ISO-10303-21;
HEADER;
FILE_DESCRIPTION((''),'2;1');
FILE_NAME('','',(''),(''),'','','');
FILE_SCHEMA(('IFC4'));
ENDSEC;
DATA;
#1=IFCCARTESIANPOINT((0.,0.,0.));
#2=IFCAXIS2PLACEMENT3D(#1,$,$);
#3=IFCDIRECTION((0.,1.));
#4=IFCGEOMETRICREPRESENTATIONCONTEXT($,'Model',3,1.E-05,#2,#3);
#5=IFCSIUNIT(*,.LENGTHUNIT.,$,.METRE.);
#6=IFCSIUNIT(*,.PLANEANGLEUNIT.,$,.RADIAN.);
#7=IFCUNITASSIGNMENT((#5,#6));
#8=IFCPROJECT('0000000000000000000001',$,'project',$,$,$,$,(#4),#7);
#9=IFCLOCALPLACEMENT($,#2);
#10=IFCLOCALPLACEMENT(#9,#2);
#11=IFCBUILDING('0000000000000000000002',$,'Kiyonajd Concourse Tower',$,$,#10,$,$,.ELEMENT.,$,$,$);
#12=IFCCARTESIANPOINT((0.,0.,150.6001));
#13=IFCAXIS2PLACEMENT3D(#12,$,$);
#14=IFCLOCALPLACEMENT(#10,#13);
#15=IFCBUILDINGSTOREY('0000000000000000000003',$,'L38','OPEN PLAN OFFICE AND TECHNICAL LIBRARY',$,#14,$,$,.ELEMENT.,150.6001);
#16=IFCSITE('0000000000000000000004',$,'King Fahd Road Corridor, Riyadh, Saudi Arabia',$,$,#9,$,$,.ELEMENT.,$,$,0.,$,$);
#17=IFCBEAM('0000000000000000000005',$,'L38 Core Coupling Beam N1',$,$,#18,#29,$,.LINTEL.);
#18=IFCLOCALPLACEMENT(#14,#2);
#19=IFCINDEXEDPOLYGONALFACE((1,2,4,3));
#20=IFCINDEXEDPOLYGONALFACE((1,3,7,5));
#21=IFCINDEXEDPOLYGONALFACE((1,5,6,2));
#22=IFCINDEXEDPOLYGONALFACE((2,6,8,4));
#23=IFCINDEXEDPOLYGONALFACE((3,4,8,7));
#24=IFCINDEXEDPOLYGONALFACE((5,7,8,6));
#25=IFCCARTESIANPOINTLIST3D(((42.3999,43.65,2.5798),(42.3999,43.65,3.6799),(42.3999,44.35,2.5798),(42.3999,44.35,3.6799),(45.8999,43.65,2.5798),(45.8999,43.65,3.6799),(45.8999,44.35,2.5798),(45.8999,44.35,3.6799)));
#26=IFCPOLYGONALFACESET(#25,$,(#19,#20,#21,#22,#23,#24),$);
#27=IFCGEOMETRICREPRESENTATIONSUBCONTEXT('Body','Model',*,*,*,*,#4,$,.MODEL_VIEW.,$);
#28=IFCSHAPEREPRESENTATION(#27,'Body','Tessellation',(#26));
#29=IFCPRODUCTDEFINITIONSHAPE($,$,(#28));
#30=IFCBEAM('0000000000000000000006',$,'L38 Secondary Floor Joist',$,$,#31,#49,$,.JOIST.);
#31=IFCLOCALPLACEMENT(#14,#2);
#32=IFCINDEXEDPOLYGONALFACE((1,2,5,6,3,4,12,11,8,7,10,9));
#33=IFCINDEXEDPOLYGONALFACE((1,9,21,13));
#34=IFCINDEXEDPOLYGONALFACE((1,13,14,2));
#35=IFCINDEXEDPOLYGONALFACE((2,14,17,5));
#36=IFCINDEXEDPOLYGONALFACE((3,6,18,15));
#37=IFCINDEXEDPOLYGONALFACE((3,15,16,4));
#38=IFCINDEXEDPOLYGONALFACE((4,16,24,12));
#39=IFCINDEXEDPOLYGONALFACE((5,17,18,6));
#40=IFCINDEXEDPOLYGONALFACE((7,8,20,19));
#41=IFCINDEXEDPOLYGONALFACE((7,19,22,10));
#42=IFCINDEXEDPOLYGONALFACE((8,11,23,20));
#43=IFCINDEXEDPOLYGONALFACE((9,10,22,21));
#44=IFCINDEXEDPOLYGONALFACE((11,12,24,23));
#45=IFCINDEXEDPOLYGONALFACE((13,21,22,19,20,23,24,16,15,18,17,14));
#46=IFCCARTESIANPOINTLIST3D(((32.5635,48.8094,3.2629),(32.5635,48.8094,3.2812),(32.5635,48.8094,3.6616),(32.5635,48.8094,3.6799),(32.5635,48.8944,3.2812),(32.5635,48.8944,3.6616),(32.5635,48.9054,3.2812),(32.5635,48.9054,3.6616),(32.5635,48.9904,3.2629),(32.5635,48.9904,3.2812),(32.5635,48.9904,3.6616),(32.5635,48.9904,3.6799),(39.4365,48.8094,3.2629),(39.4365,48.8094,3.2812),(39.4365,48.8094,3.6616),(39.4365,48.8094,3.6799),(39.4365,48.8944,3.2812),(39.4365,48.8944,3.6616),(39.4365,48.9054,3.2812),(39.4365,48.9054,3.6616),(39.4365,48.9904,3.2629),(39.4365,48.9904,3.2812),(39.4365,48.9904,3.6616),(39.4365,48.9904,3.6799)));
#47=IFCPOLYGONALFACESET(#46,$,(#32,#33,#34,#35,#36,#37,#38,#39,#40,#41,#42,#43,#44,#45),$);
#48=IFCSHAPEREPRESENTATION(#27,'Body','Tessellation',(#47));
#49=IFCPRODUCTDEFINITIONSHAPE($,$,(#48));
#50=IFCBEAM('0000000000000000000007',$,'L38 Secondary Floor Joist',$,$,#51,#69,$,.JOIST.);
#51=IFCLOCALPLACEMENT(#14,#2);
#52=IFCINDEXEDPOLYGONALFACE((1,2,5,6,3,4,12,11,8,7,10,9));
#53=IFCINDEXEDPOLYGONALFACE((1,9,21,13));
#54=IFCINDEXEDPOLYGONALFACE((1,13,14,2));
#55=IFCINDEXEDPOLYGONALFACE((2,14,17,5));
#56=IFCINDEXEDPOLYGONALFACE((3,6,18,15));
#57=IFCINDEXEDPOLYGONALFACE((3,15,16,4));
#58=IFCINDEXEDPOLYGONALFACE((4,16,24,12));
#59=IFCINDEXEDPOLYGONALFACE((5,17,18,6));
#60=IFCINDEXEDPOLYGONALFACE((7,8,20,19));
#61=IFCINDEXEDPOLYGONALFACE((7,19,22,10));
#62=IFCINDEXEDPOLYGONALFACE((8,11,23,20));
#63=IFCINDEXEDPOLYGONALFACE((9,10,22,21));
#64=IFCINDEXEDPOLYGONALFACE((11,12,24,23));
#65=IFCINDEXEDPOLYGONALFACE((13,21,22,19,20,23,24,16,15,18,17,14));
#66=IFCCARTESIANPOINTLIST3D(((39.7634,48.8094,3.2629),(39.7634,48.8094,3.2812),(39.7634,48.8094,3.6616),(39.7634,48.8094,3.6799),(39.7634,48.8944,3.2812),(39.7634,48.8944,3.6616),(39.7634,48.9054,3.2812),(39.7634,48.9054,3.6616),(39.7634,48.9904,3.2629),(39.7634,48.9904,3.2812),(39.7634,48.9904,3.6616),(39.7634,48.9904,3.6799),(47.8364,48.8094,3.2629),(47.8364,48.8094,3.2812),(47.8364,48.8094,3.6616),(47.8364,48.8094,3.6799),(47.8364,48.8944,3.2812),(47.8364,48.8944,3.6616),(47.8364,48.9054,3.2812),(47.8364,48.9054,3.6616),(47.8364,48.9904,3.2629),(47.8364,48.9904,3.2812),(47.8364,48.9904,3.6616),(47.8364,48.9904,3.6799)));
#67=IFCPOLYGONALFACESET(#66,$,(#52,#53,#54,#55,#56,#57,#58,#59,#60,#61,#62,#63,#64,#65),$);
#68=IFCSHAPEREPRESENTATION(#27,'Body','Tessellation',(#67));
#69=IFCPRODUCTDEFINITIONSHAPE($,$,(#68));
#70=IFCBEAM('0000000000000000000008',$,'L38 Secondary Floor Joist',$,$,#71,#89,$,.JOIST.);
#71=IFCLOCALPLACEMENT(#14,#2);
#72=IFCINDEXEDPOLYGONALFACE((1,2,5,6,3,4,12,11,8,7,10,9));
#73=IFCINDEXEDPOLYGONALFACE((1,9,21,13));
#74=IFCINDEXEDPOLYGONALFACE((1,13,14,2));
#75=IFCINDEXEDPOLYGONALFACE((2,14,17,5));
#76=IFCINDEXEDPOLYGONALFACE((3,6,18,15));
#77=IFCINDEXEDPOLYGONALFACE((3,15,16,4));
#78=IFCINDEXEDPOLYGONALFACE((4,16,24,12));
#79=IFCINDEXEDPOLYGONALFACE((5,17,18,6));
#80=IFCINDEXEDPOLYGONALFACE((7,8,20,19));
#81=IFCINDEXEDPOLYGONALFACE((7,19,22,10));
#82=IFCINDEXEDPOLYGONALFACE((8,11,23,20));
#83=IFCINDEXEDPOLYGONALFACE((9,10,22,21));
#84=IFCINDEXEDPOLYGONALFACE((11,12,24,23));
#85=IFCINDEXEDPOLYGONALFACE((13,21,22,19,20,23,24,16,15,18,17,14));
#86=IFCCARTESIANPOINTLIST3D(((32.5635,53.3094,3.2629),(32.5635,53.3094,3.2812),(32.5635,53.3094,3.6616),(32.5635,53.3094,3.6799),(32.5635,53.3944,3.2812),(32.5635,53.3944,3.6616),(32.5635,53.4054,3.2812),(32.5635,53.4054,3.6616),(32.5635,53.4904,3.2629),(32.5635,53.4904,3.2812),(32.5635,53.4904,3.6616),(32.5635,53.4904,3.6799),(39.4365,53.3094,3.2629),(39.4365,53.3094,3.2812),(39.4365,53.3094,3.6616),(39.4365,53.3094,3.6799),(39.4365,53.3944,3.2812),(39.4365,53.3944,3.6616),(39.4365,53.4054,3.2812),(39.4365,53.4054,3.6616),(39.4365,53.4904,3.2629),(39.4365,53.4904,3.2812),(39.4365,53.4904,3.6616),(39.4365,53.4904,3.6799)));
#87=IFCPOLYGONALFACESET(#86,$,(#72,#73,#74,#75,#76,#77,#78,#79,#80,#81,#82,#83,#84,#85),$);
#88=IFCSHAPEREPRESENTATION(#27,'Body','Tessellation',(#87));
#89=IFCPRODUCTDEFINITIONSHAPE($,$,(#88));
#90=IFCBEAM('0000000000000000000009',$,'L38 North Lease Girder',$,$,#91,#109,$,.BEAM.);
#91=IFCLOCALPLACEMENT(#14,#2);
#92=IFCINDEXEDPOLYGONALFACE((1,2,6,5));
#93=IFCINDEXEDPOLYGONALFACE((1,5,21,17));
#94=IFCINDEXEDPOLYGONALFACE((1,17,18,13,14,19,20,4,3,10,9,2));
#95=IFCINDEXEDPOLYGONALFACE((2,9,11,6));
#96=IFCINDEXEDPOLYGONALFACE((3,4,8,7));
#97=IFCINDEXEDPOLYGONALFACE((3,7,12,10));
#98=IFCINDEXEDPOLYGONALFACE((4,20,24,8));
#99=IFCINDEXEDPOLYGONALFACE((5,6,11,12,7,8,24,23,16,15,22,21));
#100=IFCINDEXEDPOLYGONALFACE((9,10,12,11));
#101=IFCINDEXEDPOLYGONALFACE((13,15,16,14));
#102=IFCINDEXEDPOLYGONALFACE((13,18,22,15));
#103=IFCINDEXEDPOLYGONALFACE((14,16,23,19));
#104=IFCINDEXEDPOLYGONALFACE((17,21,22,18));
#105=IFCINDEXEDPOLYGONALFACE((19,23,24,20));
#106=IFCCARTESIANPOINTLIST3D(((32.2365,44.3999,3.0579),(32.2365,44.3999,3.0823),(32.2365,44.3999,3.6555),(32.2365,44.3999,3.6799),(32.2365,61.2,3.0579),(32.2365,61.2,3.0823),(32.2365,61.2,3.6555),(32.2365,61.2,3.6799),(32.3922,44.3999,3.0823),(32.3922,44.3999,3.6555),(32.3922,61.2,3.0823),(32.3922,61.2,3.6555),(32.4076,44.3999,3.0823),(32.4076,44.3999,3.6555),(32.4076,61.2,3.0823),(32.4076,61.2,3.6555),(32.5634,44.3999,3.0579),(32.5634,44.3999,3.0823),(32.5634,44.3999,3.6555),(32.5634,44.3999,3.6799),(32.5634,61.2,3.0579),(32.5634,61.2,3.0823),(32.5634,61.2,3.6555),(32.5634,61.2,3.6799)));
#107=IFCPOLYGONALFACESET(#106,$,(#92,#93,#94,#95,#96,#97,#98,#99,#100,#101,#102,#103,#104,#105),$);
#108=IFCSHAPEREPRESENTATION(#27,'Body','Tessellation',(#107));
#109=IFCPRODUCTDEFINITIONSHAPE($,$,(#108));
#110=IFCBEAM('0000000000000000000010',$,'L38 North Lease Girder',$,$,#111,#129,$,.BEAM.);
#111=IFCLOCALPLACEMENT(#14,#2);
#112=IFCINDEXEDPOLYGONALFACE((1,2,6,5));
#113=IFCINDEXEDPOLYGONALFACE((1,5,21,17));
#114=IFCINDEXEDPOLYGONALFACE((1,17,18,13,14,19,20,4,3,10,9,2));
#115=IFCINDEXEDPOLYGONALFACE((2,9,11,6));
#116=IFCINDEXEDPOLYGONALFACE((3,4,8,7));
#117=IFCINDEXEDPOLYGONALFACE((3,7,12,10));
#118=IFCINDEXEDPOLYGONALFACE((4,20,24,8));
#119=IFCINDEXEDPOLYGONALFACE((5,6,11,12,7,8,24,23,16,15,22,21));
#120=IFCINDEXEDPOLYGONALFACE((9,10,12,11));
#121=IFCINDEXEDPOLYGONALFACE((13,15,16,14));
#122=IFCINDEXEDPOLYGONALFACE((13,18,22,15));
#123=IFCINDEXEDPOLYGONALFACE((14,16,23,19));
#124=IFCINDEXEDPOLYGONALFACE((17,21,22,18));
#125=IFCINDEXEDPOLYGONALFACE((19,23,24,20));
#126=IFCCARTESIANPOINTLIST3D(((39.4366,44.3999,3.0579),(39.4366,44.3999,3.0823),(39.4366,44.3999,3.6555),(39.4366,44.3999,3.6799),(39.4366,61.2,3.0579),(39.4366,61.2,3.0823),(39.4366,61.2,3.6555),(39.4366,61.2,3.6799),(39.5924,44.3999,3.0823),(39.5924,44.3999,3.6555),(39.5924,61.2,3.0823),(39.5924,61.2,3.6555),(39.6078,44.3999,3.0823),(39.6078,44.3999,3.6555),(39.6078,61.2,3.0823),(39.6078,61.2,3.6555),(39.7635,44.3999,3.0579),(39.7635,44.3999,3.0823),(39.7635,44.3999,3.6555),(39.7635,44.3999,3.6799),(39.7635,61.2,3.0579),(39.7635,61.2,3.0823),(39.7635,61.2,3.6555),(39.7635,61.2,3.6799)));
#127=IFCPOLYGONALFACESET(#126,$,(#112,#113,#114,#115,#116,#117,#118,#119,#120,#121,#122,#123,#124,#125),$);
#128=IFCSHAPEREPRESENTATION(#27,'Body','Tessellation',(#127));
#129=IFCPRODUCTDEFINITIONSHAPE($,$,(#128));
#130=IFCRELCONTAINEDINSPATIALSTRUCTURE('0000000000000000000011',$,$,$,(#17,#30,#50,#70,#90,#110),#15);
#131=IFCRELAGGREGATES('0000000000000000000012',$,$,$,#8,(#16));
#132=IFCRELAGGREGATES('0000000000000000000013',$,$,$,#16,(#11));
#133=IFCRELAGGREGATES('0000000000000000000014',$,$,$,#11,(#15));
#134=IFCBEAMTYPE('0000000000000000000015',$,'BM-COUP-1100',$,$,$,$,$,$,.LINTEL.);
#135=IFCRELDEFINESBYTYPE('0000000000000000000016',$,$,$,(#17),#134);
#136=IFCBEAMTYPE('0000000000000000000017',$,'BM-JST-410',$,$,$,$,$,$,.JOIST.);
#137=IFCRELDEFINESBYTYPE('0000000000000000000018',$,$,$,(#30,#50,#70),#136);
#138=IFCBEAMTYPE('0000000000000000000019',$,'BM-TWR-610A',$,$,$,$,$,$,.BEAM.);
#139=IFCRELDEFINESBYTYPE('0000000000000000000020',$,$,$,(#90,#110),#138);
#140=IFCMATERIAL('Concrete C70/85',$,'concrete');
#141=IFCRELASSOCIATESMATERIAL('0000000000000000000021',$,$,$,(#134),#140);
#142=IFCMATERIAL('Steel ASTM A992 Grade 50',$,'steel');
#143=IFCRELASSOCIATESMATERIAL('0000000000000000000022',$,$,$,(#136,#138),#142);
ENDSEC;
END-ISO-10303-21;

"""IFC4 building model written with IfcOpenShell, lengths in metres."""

from ifc_helpers import new_model, si_unit, direction, frame, origin, origin_2d, place, context, subcontext, project, spatial, rectangle, i_section, extrude, material, material_profile, profile_set, type_object, element, save


model = new_model("IFC4")

# Units and contexts
model_context = context("Model", 3, precision=1e-05, world=origin(), true_north=direction((0.0, 1.0)))
body_context = subcontext(model_context, "Body", "Model", "MODEL_VIEW")
ifc_project = project(units=[si_unit("LENGTHUNIT", "METRE"), si_unit("PLANEANGLEUNIT", "RADIAN")], contexts=[model_context])

# Site, building, storey
site_placement = place(None, origin())
site = spatial("IfcSite", under=ifc_project, at=site_placement, Name="King Fahd Road Corridor, Riyadh, Saudi Arabia", CompositionType="ELEMENT", RefElevation=0.0)
building_placement = place(site_placement, origin())
building = spatial("IfcBuilding", under=site, at=building_placement, Name="Kiyonajd Concourse Tower", CompositionType="ELEMENT")
storey_placement = place(building_placement, frame((0.0, 0.0, 150.6001)))
storey = spatial("IfcBuildingStorey", under=building, at=storey_placement, Name="L38", Description="OPEN PLAN OFFICE AND TECHNICAL LIBRARY", CompositionType="ELEMENT", Elevation=150.6001)

# Beams
ifc_material_1 = material(Name="Concrete C70/85", Category="concrete")
ifc_material_profile_1 = material_profile(ifc_material_1, rectangle(XDim=0.7, YDim=1.1001, at=origin_2d()), Name="RCBM-700x1100")
ifc_profile_set_1 = profile_set([ifc_material_profile_1], Name="Concrete C70/85")
beam_type_1 = type_object("IfcBeamType", Name="BM-COUP-1100", PredefinedType="LINTEL", material=ifc_profile_set_1)
beam_1_placement = place(storey_placement, frame((42.3999, 44.0, 3.1299), z_axis=(1.0, 0.0, 0.0), x_axis=(0.0, 1.0, 0.0)))
element("IfcBeam", 1, at=beam_1_placement, inside=storey, type_object=beam_type_1, Name="L38 Core Coupling Beam N1", PredefinedType="LINTEL", context=body_context, shape_type="SweptSolid", body=[
    extrude(rectangle(XDim=0.7, YDim=1.1001, at=origin_2d()), origin(), (0.0, 0.0, 1.0), 3.5),
])
ifc_material_2 = material(Name="Steel ASTM A992 Grade 50", Category="steel")
ifc_material_profile_2 = material_profile(ifc_material_2, i_section(OverallWidth=0.1809, OverallDepth=0.417, WebThickness=0.011, FlangeThickness=0.0183, at=origin_2d()), Name="W410X85")
ifc_profile_set_2 = profile_set([ifc_material_profile_2], Name="Steel ASTM A992 Grade 50")
beam_type_2 = type_object("IfcBeamType", Name="BM-JST-410", PredefinedType="JOIST", material=ifc_profile_set_2)
beam_2_placement = place(storey_placement, frame((32.5635, 48.8999, 3.4714), z_axis=(1.0, 0.0, 0.0), x_axis=(0.0, 1.0, 0.0)))
element("IfcBeam", 2, at=beam_2_placement, inside=storey, type_object=beam_type_2, Name="L38 Secondary Floor Joist", PredefinedType="JOIST", context=body_context, shape_type="SweptSolid", body=[
    extrude(i_section(OverallWidth=0.1809, OverallDepth=0.417, WebThickness=0.011, FlangeThickness=0.0183, at=origin_2d()), origin(), (0.0, 0.0, 1.0), 6.873),
])
beam_3_placement = place(storey_placement, frame((39.7634, 48.8999, 3.4714), z_axis=(1.0, 0.0, 0.0), x_axis=(0.0, 1.0, 0.0)))
element("IfcBeam", 3, at=beam_3_placement, inside=storey, type_object=beam_type_2, Name="L38 Secondary Floor Joist", PredefinedType="JOIST", context=body_context, shape_type="SweptSolid", body=[
    extrude(i_section(OverallWidth=0.1809, OverallDepth=0.417, WebThickness=0.011, FlangeThickness=0.0183, at=origin_2d()), origin(), (0.0, 0.0, 1.0), 8.073),
])
beam_4_placement = place(storey_placement, frame((32.5635, 53.3999, 3.4714), z_axis=(1.0, 0.0, 0.0), x_axis=(0.0, 1.0, 0.0)))
element("IfcBeam", 4, at=beam_4_placement, inside=storey, type_object=beam_type_2, Name="L38 Secondary Floor Joist", PredefinedType="JOIST", context=body_context, shape_type="SweptSolid", body=[
    extrude(i_section(OverallWidth=0.1809, OverallDepth=0.417, WebThickness=0.011, FlangeThickness=0.0183, at=origin_2d()), origin(), (0.0, 0.0, 1.0), 6.873),
])
ifc_material_profile_3 = material_profile(ifc_material_2, i_section(OverallWidth=0.3269, OverallDepth=0.6221, WebThickness=0.0154, FlangeThickness=0.0244, at=origin_2d()), Name="W610X195")
ifc_profile_set_3 = profile_set([ifc_material_profile_3], Name="Steel ASTM A992 Grade 50")
beam_type_3 = type_object("IfcBeamType", Name="BM-TWR-610A", PredefinedType="BEAM", material=ifc_profile_set_3)
for number, where, z_axis, x_axis, name in (
    (5, (32.3999, 44.3999, 3.3689), (0.0, 1.0, 0.0), (-1.0, 0.0, 0.0), "L38 North Lease Girder"),
    (6, (39.6001, 44.3999, 3.3689), (0.0, 1.0, 0.0), (-1.0, 0.0, 0.0), "L38 North Lease Girder"),
):
    element("IfcBeam", number, at=place(storey_placement, frame(where, z_axis=z_axis, x_axis=x_axis)), inside=storey, type_object=beam_type_3, Name=name, PredefinedType="BEAM", context=body_context, shape_type="SweptSolid", body=[
        extrude(i_section(OverallWidth=0.3269, OverallDepth=0.6221, WebThickness=0.0154, FlangeThickness=0.0244, at=origin_2d()), origin(), (0.0, 0.0, 1.0), 16.8),
    ])

save(model, "model.ifc")
